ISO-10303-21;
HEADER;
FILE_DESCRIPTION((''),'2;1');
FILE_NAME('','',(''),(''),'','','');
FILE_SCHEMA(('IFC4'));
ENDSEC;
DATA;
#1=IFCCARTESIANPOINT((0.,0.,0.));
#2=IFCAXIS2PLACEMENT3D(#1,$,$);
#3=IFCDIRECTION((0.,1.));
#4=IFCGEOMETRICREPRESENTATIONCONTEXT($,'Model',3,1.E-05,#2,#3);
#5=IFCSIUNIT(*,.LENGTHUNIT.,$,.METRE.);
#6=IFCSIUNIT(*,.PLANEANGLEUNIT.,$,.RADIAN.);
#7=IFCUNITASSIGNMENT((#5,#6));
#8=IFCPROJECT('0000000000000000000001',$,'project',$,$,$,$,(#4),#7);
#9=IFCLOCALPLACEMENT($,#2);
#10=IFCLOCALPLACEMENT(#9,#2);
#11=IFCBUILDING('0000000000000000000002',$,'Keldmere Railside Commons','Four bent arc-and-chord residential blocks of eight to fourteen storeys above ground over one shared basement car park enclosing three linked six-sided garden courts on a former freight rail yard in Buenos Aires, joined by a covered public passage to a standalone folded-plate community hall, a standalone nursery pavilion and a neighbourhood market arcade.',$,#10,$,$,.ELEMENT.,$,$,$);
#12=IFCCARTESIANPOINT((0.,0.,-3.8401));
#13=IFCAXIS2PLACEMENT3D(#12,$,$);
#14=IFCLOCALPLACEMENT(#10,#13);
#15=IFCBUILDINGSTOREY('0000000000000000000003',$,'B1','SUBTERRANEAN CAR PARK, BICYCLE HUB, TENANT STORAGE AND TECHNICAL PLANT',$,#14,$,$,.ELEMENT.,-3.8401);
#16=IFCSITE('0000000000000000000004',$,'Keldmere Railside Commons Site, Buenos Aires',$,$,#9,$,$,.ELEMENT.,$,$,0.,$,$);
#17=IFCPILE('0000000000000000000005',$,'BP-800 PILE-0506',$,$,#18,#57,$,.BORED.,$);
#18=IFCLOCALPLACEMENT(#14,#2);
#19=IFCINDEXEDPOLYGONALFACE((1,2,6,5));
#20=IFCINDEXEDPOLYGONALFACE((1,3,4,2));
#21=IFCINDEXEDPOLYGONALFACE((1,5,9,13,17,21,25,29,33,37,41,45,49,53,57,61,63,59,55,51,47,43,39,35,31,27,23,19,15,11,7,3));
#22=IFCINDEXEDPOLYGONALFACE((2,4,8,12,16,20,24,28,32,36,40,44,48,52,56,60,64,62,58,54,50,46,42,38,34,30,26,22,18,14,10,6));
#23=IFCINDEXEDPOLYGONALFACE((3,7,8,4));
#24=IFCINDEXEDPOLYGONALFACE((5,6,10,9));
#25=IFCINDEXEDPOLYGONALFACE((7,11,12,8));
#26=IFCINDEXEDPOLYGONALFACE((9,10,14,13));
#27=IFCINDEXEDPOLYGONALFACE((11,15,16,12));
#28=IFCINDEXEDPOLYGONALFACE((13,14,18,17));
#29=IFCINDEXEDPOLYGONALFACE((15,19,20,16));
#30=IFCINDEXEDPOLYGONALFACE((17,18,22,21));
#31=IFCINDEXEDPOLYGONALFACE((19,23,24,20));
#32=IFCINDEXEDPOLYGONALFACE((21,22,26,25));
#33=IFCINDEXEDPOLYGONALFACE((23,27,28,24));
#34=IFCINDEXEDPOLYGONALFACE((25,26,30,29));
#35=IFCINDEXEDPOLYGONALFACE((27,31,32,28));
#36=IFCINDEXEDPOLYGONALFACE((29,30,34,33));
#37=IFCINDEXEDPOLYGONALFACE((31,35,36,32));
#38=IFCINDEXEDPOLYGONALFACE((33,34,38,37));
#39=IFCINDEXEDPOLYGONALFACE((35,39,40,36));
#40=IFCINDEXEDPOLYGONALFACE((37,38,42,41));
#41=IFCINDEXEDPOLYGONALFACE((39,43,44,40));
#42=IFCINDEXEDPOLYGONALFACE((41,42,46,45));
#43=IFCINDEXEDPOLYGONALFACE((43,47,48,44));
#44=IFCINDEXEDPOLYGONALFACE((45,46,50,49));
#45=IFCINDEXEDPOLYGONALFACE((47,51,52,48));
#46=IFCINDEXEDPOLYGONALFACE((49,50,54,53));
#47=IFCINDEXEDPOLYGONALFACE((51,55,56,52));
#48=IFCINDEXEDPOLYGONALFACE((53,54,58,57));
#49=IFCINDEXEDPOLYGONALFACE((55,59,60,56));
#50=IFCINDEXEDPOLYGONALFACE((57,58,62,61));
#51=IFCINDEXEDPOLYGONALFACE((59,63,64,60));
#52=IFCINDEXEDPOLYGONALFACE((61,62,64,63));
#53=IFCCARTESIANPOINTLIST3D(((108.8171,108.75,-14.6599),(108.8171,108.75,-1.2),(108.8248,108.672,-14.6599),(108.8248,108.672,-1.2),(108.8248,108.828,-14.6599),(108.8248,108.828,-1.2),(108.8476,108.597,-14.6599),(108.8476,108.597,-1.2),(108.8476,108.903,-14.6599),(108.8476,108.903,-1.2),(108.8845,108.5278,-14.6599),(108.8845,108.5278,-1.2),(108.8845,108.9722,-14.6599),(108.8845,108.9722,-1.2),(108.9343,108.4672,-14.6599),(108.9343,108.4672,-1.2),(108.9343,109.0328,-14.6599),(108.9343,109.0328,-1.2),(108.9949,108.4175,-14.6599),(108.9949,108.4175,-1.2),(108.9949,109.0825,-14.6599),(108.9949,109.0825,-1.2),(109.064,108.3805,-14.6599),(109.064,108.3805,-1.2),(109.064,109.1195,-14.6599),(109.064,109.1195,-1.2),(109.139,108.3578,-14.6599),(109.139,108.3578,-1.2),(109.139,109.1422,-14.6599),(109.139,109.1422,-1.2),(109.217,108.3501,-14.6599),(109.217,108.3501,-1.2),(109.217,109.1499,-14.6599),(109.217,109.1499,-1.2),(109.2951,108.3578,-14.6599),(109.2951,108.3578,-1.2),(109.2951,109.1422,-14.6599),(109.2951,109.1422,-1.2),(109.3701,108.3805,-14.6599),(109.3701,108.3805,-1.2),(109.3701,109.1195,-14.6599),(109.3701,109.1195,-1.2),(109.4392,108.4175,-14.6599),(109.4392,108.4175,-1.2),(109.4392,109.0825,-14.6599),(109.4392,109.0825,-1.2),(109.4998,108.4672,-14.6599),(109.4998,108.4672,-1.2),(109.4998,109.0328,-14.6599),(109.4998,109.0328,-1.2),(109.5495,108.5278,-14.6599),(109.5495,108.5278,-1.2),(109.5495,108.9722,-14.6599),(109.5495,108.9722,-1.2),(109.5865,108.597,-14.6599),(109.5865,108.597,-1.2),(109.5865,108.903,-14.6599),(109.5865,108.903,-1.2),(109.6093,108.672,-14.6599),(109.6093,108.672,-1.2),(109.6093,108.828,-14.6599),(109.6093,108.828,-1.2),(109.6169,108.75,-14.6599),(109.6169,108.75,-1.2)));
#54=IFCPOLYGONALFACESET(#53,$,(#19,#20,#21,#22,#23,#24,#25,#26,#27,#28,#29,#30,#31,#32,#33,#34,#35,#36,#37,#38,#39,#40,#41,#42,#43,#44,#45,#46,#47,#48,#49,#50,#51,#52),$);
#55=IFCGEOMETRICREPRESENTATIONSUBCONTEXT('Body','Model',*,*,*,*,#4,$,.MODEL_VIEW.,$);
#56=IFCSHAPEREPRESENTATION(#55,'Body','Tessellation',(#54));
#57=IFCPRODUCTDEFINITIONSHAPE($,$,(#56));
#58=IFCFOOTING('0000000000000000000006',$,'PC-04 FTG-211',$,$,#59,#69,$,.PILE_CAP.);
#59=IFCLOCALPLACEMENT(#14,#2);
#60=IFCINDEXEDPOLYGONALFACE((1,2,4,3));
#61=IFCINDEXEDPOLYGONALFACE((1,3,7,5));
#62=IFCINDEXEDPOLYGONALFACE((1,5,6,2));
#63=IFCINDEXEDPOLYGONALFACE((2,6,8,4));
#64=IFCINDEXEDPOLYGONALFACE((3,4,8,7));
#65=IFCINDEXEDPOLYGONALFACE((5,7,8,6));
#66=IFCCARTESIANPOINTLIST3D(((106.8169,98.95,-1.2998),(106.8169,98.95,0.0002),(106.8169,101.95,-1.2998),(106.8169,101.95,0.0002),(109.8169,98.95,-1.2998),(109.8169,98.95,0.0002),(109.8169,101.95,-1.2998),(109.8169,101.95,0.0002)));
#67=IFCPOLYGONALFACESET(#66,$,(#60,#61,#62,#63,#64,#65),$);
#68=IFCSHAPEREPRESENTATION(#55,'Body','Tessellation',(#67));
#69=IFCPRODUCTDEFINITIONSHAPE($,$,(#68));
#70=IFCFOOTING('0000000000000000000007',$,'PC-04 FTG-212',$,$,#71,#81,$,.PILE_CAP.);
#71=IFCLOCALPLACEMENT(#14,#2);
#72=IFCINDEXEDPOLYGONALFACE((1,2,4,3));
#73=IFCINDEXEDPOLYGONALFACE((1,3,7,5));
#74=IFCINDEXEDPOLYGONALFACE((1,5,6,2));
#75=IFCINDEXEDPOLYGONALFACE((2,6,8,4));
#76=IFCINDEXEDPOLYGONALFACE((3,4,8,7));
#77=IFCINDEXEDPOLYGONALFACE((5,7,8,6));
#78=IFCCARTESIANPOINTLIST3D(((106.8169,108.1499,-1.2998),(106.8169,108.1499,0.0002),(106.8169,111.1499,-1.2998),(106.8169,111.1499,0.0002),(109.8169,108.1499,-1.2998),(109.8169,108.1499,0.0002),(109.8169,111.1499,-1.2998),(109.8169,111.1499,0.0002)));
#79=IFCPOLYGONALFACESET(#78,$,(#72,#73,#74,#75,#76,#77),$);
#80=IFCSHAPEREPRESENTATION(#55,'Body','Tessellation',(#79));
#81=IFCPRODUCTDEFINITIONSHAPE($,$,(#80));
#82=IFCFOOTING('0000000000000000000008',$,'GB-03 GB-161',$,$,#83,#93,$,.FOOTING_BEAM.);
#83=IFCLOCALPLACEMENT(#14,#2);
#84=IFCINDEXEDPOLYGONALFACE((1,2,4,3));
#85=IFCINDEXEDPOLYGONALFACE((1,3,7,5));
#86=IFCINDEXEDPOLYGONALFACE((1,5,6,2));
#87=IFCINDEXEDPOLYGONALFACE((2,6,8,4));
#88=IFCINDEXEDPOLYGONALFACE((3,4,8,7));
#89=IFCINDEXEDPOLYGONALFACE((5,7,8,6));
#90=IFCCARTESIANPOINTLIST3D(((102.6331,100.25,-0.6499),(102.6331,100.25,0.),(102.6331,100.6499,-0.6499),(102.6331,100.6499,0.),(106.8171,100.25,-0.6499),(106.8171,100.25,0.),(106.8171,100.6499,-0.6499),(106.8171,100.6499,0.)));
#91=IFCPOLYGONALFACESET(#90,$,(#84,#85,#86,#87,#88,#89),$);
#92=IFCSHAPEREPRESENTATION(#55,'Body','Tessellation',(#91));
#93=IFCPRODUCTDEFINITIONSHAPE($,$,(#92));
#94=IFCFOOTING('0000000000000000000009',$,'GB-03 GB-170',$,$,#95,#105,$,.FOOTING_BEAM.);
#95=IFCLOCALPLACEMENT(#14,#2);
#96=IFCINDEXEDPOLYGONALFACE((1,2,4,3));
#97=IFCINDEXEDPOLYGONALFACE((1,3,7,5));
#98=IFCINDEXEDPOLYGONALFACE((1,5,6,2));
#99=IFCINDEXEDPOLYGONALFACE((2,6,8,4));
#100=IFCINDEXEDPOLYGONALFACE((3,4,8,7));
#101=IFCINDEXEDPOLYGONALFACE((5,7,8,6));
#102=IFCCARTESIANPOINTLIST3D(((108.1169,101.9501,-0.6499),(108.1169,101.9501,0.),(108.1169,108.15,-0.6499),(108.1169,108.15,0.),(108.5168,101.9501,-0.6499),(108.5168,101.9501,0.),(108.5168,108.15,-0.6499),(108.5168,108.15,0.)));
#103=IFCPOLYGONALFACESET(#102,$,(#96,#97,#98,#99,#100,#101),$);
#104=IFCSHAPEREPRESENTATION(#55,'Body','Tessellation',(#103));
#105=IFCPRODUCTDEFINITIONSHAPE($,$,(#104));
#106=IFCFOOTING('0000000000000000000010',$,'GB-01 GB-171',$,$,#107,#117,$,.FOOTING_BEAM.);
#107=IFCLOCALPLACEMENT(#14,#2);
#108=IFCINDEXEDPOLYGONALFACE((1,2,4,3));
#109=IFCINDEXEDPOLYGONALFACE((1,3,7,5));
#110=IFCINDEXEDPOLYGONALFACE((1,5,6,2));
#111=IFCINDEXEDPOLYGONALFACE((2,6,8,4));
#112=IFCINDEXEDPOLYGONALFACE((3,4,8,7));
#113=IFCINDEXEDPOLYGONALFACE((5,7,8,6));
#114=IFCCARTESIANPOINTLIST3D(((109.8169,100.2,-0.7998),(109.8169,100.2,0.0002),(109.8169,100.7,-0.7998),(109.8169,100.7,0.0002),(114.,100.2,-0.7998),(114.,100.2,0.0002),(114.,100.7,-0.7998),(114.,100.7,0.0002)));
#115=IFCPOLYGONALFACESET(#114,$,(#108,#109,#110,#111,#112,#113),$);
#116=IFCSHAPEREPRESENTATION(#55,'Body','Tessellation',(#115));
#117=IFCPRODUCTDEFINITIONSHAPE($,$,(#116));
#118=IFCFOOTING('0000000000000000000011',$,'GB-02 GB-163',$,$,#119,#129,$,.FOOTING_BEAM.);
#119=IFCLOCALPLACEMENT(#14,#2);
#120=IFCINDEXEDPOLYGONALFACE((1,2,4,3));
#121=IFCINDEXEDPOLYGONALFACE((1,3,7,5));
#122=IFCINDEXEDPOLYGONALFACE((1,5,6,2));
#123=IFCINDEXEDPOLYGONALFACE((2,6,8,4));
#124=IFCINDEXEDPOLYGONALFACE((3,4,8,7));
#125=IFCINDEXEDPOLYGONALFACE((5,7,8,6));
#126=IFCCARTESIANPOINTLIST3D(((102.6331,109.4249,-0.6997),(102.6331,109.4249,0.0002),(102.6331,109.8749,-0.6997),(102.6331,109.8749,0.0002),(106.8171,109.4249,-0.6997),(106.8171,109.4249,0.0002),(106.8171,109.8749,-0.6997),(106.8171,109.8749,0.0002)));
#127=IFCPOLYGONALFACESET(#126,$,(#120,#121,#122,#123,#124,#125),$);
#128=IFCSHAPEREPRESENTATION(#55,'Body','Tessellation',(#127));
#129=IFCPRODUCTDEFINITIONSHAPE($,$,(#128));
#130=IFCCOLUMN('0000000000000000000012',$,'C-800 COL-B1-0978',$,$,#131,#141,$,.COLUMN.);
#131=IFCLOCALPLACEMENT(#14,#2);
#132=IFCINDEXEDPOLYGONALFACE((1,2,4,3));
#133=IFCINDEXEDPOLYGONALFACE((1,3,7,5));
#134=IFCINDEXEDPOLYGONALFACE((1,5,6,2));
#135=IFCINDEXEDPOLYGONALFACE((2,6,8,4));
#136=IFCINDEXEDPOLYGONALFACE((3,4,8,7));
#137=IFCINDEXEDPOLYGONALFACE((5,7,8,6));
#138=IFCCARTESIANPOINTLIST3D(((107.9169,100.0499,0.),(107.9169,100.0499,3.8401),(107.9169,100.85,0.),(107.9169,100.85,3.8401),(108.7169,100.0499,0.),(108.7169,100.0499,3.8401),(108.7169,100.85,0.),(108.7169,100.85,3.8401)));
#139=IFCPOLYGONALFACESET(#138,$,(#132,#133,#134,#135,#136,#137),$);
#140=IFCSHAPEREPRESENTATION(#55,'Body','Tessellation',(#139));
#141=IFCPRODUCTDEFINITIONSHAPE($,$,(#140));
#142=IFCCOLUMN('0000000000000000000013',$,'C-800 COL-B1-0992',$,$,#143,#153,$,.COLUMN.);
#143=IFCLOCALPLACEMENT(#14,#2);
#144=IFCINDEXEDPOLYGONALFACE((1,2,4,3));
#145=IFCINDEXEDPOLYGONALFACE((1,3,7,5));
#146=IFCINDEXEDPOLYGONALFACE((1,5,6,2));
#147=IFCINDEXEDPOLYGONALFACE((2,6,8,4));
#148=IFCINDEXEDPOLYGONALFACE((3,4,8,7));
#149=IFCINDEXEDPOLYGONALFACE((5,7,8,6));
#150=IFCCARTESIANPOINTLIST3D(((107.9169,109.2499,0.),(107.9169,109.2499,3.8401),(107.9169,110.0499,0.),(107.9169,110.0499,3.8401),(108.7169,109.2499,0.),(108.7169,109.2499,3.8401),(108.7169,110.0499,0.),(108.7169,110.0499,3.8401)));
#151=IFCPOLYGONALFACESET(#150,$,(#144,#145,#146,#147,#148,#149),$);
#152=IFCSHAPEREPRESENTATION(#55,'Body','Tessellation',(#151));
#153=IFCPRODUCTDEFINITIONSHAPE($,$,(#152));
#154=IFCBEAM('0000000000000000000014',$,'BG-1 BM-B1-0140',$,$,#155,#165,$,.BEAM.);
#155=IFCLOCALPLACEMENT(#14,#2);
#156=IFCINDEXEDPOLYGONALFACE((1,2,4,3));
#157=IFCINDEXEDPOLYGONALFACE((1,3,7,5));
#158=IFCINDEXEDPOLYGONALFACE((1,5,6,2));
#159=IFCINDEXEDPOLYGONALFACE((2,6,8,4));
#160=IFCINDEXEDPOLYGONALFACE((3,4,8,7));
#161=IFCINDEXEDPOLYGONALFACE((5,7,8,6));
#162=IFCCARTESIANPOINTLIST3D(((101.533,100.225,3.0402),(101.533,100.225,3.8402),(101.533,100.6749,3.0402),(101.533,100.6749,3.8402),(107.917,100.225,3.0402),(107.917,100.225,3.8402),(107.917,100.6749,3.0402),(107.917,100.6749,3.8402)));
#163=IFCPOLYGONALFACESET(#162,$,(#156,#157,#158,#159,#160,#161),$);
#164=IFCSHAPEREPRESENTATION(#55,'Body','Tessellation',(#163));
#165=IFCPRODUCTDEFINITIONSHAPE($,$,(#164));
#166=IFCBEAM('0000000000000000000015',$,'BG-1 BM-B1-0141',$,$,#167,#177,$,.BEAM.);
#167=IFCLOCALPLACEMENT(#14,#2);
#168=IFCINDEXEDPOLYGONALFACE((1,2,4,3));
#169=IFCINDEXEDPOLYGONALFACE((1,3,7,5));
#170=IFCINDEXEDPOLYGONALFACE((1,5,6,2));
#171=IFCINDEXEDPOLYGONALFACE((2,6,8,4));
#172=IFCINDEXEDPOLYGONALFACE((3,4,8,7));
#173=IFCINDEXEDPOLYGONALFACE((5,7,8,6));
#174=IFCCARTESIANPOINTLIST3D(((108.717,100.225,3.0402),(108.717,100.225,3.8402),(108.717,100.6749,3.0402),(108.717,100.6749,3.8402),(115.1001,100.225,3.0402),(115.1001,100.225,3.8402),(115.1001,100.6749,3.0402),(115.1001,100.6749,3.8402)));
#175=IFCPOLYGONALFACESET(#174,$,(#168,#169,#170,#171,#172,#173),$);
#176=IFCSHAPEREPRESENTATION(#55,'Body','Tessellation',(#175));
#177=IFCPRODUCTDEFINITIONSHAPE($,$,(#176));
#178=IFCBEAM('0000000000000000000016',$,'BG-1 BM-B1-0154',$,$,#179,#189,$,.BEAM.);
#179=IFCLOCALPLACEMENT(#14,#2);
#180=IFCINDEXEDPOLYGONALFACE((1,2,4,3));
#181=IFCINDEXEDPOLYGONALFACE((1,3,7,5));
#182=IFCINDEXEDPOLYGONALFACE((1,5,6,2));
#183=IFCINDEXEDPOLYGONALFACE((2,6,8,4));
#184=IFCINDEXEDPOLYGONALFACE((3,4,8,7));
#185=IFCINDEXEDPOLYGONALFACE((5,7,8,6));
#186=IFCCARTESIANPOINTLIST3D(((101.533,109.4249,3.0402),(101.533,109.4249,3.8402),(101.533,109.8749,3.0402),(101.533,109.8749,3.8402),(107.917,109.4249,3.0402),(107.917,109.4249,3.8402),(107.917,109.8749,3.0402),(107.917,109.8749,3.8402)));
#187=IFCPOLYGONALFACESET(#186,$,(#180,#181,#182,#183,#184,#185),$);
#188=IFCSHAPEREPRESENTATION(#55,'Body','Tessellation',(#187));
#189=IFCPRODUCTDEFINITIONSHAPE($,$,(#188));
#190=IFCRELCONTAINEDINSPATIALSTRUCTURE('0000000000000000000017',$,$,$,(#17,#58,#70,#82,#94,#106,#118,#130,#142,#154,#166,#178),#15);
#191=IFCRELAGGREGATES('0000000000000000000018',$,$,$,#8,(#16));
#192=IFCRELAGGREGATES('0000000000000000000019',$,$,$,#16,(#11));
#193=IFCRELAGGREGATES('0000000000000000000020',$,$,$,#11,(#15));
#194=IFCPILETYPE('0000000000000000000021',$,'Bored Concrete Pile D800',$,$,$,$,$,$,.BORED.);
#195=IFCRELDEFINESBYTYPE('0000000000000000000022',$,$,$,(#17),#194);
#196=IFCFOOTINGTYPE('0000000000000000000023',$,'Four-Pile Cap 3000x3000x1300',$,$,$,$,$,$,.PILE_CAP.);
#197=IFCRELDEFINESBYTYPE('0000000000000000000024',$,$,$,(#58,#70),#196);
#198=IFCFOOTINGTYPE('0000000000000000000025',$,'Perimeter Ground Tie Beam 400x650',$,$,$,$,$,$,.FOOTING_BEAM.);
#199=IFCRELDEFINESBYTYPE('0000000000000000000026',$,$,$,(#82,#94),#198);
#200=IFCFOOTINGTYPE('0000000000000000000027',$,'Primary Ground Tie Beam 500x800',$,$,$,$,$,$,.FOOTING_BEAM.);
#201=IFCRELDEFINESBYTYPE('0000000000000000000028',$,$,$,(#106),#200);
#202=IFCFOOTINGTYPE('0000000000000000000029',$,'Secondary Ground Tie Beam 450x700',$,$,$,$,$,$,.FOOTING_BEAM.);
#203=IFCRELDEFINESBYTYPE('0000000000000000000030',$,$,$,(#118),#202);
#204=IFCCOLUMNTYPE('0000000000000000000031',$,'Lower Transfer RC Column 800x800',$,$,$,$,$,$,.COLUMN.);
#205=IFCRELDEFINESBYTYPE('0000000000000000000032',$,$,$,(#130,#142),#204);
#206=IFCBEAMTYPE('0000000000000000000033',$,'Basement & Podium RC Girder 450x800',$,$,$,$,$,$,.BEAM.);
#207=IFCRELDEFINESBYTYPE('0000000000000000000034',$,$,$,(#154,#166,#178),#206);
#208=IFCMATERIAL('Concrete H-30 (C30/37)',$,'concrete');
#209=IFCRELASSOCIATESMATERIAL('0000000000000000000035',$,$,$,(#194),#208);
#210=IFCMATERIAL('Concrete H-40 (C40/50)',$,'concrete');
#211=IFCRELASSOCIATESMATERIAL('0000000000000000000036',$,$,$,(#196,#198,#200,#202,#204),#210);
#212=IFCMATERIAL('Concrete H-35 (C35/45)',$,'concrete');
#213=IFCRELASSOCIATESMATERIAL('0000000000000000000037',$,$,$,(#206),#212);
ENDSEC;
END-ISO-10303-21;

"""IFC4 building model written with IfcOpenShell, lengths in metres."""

from ifc_helpers import new_model, si_unit, direction, frame, origin, origin_2d, place, context, subcontext, project, spatial, rectangle, circle, extrude, material, material_profile, profile_set, type_object, element, save


model = new_model("IFC4")

# Units and contexts
model_context = context("Model", 3, precision=1e-05, world=origin(), true_north=direction((0.0, 1.0)))
body_context = subcontext(model_context, "Body", "Model", "MODEL_VIEW")
ifc_project = project(units=[si_unit("LENGTHUNIT", "METRE"), si_unit("PLANEANGLEUNIT", "RADIAN")], contexts=[model_context])

# Site, building, storey
site_placement = place(None, origin())
site = spatial("IfcSite", under=ifc_project, at=site_placement, Name="Keldmere Railside Commons Site, Buenos Aires", CompositionType="ELEMENT", RefElevation=0.0)
building_placement = place(site_placement, origin())
building = spatial("IfcBuilding", under=site, at=building_placement, Name="Keldmere Railside Commons", Description="Four bent arc-and-chord residential blocks of eight to fourteen storeys above ground over one shared basement car park enclosing three linked six-sided garden courts on a former freight rail yard in Buenos Aires, joined by a covered public passage to a standalone folded-plate community hall, a standalone nursery pavilion and a neighbourhood market arcade.", CompositionType="ELEMENT")
storey_placement = place(building_placement, frame((0.0, 0.0, -3.8401)))
storey = spatial("IfcBuildingStorey", under=building, at=storey_placement, Name="B1", Description="SUBTERRANEAN CAR PARK, BICYCLE HUB, TENANT STORAGE AND TECHNICAL PLANT", CompositionType="ELEMENT", Elevation=-3.8401)

# Pile
ifc_material_1 = material(Name="Concrete H-30 (C30/37)", Category="concrete")
ifc_material_profile_1 = material_profile(ifc_material_1, circle(Radius=0.3999, at=origin_2d()), Name="PILE-D800")
ifc_profile_set_1 = profile_set([ifc_material_profile_1], Name="Concrete H-30 (C30/37)")
pile_type = type_object("IfcPileType", Name="Bored Concrete Pile D800", PredefinedType="BORED", material=ifc_profile_set_1)
for number, where, z_axis, x_axis, name in (
    (1, (109.217, 108.75, -1.2), (0.0, 0.0, -1.0), (1.0, 0.0, 0.0), "BP-800 PILE-0506"),
):
    element("IfcPile", number, at=place(storey_placement, frame(where, z_axis=z_axis, x_axis=x_axis)), inside=storey, type_object=pile_type, Name=name, PredefinedType="BORED", context=body_context, shape_type="SweptSolid", body=[
        extrude(circle(Radius=0.3999, at=origin_2d()), origin(), (0.0, 0.0, 1.0), 13.46),
    ])

# Footings
ifc_material_2 = material(Name="Concrete H-40 (C40/50)", Category="concrete")
footing_type_1 = type_object("IfcFootingType", Name="Four-Pile Cap 3000x3000x1300", PredefinedType="PILE_CAP", material=ifc_material_2)
for number, where, z_axis, x_axis, name in (
    (2, (108.3169, 100.45, -1.2998), (0.0, 0.0, 1.0), (1.0, 0.0, 0.0), "PC-04 FTG-211"),
    (3, (108.3169, 109.6499, -1.2998), (0.0, 0.0, 1.0), (1.0, 0.0, 0.0), "PC-04 FTG-212"),
):
    element("IfcFooting", number, at=place(storey_placement, frame(where, z_axis=z_axis, x_axis=x_axis)), inside=storey, type_object=footing_type_1, Name=name, PredefinedType="PILE_CAP", context=body_context, shape_type="SweptSolid", body=[
        extrude(rectangle(XDim=3.0, YDim=3.0, at=origin_2d()), origin(), (0.0, 0.0, 1.0), 1.3),
    ])
footing_type_2 = type_object("IfcFootingType", Name="Perimeter Ground Tie Beam 400x650", PredefinedType="FOOTING_BEAM", material=ifc_material_2)
footing_1_placement = place(storey_placement, frame((104.7251, 100.45, -0.6499), z_axis=(0.0, 0.0, 1.0), x_axis=(1.0, 0.0, 0.0)))
element("IfcFooting", 4, at=footing_1_placement, inside=storey, type_object=footing_type_2, Name="GB-03 GB-161", PredefinedType="FOOTING_BEAM", context=body_context, shape_type="SweptSolid", body=[
    extrude(rectangle(XDim=4.1841, YDim=0.3999, at=origin_2d()), origin(), (0.0, 0.0, 1.0), 0.6499),
])
footing_2_placement = place(storey_placement, frame((108.3169, 105.05, -0.6499), z_axis=(0.0, 0.0, 1.0), x_axis=(0.0, 1.0, 0.0)))
element("IfcFooting", 5, at=footing_2_placement, inside=storey, type_object=footing_type_2, Name="GB-03 GB-170", PredefinedType="FOOTING_BEAM", context=body_context, shape_type="SweptSolid", body=[
    extrude(rectangle(XDim=6.2, YDim=0.3999, at=origin_2d()), origin(), (0.0, 0.0, 1.0), 0.6499),
])
footing_type_3 = type_object("IfcFootingType", Name="Primary Ground Tie Beam 500x800", PredefinedType="FOOTING_BEAM", material=ifc_material_2)
footing_3_placement = place(storey_placement, frame((111.9084, 100.45, -0.7998), z_axis=(0.0, 0.0, 1.0), x_axis=(1.0, 0.0, 0.0)))
element("IfcFooting", 6, at=footing_3_placement, inside=storey, type_object=footing_type_3, Name="GB-01 GB-171", PredefinedType="FOOTING_BEAM", context=body_context, shape_type="SweptSolid", body=[
    extrude(rectangle(XDim=4.1831, YDim=0.5, at=origin_2d()), origin(), (0.0, 0.0, 1.0), 0.8),
])
footing_type_4 = type_object("IfcFootingType", Name="Secondary Ground Tie Beam 450x700", PredefinedType="FOOTING_BEAM", material=ifc_material_2)
footing_4_placement = place(storey_placement, frame((104.7251, 109.6499, -0.6997), z_axis=(0.0, 0.0, 1.0), x_axis=(1.0, 0.0, 0.0)))
element("IfcFooting", 7, at=footing_4_placement, inside=storey, type_object=footing_type_4, Name="GB-02 GB-163", PredefinedType="FOOTING_BEAM", context=body_context, shape_type="SweptSolid", body=[
    extrude(rectangle(XDim=4.1841, YDim=0.45, at=origin_2d()), origin(), (0.0, 0.0, 1.0), 0.7),
])

# Columns
ifc_material_profile_2 = material_profile(ifc_material_2, rectangle(XDim=0.8, YDim=0.8, at=origin_2d()), Name="RC-800x800")
ifc_profile_set_2 = profile_set([ifc_material_profile_2], Name="Concrete H-40 (C40/50)")
column_type = type_object("IfcColumnType", Name="Lower Transfer RC Column 800x800", PredefinedType="COLUMN", material=ifc_profile_set_2)
for number, where, z_axis, x_axis, name in (
    (8, (108.3169, 100.45, 0.0), (0.0, 0.0, 1.0), (1.0, 0.0, 0.0), "C-800 COL-B1-0978"),
    (9, (108.3169, 109.6499, 0.0), (0.0, 0.0, 1.0), (1.0, 0.0, 0.0), "C-800 COL-B1-0992"),
):
    element("IfcColumn", number, at=place(storey_placement, frame(where, z_axis=z_axis, x_axis=x_axis)), inside=storey, type_object=column_type, Name=name, PredefinedType="COLUMN", context=body_context, shape_type="SweptSolid", body=[
        extrude(rectangle(XDim=0.8, YDim=0.8, at=origin_2d()), origin(), (0.0, 0.0, 1.0), 3.8401),
    ])

# Beams
ifc_material_3 = material(Name="Concrete H-35 (C35/45)", Category="concrete")
ifc_material_profile_3 = material_profile(ifc_material_3, rectangle(XDim=0.45, YDim=0.8, at=origin_2d()), Name="RC-450x800")
ifc_profile_set_3 = profile_set([ifc_material_profile_3], Name="Concrete H-35 (C35/45)")
beam_type_1 = type_object("IfcBeamType", Name="Basement & Podium RC Girder 450x800", PredefinedType="BEAM", material=ifc_profile_set_3)
beam_1_placement = place(storey_placement, frame((101.533, 100.45, 3.4402), z_axis=(1.0, 0.0, 0.0), x_axis=(0.0, 1.0, 0.0)))
element("IfcBeam", 10, at=beam_1_placement, inside=storey, type_object=beam_type_1, Name="BG-1 BM-B1-0140", PredefinedType="BEAM", context=body_context, shape_type="SweptSolid", body=[
    extrude(rectangle(XDim=0.45, YDim=0.8, at=origin_2d()), origin(), (0.0, 0.0, 1.0), 6.384),
])
beam_2_placement = place(storey_placement, frame((108.717, 100.45, 3.4402), z_axis=(1.0, 0.0, 0.0), x_axis=(0.0, 1.0, 0.0)))
element("IfcBeam", 11, at=beam_2_placement, inside=storey, type_object=beam_type_1, Name="BG-1 BM-B1-0141", PredefinedType="BEAM", context=body_context, shape_type="SweptSolid", body=[
    extrude(rectangle(XDim=0.45, YDim=0.8, at=origin_2d()), origin(), (0.0, 0.0, 1.0), 6.3831),
])
beam_3_placement = place(storey_placement, frame((101.533, 109.6499, 3.4402), z_axis=(1.0, 0.0, 0.0), x_axis=(0.0, 1.0, 0.0)))
element("IfcBeam", 12, at=beam_3_placement, inside=storey, type_object=beam_type_1, Name="BG-1 BM-B1-0154", PredefinedType="BEAM", context=body_context, shape_type="SweptSolid", body=[
    extrude(rectangle(XDim=0.45, YDim=0.8, at=origin_2d()), origin(), (0.0, 0.0, 1.0), 6.384),
])

save(model, "model.ifc")
